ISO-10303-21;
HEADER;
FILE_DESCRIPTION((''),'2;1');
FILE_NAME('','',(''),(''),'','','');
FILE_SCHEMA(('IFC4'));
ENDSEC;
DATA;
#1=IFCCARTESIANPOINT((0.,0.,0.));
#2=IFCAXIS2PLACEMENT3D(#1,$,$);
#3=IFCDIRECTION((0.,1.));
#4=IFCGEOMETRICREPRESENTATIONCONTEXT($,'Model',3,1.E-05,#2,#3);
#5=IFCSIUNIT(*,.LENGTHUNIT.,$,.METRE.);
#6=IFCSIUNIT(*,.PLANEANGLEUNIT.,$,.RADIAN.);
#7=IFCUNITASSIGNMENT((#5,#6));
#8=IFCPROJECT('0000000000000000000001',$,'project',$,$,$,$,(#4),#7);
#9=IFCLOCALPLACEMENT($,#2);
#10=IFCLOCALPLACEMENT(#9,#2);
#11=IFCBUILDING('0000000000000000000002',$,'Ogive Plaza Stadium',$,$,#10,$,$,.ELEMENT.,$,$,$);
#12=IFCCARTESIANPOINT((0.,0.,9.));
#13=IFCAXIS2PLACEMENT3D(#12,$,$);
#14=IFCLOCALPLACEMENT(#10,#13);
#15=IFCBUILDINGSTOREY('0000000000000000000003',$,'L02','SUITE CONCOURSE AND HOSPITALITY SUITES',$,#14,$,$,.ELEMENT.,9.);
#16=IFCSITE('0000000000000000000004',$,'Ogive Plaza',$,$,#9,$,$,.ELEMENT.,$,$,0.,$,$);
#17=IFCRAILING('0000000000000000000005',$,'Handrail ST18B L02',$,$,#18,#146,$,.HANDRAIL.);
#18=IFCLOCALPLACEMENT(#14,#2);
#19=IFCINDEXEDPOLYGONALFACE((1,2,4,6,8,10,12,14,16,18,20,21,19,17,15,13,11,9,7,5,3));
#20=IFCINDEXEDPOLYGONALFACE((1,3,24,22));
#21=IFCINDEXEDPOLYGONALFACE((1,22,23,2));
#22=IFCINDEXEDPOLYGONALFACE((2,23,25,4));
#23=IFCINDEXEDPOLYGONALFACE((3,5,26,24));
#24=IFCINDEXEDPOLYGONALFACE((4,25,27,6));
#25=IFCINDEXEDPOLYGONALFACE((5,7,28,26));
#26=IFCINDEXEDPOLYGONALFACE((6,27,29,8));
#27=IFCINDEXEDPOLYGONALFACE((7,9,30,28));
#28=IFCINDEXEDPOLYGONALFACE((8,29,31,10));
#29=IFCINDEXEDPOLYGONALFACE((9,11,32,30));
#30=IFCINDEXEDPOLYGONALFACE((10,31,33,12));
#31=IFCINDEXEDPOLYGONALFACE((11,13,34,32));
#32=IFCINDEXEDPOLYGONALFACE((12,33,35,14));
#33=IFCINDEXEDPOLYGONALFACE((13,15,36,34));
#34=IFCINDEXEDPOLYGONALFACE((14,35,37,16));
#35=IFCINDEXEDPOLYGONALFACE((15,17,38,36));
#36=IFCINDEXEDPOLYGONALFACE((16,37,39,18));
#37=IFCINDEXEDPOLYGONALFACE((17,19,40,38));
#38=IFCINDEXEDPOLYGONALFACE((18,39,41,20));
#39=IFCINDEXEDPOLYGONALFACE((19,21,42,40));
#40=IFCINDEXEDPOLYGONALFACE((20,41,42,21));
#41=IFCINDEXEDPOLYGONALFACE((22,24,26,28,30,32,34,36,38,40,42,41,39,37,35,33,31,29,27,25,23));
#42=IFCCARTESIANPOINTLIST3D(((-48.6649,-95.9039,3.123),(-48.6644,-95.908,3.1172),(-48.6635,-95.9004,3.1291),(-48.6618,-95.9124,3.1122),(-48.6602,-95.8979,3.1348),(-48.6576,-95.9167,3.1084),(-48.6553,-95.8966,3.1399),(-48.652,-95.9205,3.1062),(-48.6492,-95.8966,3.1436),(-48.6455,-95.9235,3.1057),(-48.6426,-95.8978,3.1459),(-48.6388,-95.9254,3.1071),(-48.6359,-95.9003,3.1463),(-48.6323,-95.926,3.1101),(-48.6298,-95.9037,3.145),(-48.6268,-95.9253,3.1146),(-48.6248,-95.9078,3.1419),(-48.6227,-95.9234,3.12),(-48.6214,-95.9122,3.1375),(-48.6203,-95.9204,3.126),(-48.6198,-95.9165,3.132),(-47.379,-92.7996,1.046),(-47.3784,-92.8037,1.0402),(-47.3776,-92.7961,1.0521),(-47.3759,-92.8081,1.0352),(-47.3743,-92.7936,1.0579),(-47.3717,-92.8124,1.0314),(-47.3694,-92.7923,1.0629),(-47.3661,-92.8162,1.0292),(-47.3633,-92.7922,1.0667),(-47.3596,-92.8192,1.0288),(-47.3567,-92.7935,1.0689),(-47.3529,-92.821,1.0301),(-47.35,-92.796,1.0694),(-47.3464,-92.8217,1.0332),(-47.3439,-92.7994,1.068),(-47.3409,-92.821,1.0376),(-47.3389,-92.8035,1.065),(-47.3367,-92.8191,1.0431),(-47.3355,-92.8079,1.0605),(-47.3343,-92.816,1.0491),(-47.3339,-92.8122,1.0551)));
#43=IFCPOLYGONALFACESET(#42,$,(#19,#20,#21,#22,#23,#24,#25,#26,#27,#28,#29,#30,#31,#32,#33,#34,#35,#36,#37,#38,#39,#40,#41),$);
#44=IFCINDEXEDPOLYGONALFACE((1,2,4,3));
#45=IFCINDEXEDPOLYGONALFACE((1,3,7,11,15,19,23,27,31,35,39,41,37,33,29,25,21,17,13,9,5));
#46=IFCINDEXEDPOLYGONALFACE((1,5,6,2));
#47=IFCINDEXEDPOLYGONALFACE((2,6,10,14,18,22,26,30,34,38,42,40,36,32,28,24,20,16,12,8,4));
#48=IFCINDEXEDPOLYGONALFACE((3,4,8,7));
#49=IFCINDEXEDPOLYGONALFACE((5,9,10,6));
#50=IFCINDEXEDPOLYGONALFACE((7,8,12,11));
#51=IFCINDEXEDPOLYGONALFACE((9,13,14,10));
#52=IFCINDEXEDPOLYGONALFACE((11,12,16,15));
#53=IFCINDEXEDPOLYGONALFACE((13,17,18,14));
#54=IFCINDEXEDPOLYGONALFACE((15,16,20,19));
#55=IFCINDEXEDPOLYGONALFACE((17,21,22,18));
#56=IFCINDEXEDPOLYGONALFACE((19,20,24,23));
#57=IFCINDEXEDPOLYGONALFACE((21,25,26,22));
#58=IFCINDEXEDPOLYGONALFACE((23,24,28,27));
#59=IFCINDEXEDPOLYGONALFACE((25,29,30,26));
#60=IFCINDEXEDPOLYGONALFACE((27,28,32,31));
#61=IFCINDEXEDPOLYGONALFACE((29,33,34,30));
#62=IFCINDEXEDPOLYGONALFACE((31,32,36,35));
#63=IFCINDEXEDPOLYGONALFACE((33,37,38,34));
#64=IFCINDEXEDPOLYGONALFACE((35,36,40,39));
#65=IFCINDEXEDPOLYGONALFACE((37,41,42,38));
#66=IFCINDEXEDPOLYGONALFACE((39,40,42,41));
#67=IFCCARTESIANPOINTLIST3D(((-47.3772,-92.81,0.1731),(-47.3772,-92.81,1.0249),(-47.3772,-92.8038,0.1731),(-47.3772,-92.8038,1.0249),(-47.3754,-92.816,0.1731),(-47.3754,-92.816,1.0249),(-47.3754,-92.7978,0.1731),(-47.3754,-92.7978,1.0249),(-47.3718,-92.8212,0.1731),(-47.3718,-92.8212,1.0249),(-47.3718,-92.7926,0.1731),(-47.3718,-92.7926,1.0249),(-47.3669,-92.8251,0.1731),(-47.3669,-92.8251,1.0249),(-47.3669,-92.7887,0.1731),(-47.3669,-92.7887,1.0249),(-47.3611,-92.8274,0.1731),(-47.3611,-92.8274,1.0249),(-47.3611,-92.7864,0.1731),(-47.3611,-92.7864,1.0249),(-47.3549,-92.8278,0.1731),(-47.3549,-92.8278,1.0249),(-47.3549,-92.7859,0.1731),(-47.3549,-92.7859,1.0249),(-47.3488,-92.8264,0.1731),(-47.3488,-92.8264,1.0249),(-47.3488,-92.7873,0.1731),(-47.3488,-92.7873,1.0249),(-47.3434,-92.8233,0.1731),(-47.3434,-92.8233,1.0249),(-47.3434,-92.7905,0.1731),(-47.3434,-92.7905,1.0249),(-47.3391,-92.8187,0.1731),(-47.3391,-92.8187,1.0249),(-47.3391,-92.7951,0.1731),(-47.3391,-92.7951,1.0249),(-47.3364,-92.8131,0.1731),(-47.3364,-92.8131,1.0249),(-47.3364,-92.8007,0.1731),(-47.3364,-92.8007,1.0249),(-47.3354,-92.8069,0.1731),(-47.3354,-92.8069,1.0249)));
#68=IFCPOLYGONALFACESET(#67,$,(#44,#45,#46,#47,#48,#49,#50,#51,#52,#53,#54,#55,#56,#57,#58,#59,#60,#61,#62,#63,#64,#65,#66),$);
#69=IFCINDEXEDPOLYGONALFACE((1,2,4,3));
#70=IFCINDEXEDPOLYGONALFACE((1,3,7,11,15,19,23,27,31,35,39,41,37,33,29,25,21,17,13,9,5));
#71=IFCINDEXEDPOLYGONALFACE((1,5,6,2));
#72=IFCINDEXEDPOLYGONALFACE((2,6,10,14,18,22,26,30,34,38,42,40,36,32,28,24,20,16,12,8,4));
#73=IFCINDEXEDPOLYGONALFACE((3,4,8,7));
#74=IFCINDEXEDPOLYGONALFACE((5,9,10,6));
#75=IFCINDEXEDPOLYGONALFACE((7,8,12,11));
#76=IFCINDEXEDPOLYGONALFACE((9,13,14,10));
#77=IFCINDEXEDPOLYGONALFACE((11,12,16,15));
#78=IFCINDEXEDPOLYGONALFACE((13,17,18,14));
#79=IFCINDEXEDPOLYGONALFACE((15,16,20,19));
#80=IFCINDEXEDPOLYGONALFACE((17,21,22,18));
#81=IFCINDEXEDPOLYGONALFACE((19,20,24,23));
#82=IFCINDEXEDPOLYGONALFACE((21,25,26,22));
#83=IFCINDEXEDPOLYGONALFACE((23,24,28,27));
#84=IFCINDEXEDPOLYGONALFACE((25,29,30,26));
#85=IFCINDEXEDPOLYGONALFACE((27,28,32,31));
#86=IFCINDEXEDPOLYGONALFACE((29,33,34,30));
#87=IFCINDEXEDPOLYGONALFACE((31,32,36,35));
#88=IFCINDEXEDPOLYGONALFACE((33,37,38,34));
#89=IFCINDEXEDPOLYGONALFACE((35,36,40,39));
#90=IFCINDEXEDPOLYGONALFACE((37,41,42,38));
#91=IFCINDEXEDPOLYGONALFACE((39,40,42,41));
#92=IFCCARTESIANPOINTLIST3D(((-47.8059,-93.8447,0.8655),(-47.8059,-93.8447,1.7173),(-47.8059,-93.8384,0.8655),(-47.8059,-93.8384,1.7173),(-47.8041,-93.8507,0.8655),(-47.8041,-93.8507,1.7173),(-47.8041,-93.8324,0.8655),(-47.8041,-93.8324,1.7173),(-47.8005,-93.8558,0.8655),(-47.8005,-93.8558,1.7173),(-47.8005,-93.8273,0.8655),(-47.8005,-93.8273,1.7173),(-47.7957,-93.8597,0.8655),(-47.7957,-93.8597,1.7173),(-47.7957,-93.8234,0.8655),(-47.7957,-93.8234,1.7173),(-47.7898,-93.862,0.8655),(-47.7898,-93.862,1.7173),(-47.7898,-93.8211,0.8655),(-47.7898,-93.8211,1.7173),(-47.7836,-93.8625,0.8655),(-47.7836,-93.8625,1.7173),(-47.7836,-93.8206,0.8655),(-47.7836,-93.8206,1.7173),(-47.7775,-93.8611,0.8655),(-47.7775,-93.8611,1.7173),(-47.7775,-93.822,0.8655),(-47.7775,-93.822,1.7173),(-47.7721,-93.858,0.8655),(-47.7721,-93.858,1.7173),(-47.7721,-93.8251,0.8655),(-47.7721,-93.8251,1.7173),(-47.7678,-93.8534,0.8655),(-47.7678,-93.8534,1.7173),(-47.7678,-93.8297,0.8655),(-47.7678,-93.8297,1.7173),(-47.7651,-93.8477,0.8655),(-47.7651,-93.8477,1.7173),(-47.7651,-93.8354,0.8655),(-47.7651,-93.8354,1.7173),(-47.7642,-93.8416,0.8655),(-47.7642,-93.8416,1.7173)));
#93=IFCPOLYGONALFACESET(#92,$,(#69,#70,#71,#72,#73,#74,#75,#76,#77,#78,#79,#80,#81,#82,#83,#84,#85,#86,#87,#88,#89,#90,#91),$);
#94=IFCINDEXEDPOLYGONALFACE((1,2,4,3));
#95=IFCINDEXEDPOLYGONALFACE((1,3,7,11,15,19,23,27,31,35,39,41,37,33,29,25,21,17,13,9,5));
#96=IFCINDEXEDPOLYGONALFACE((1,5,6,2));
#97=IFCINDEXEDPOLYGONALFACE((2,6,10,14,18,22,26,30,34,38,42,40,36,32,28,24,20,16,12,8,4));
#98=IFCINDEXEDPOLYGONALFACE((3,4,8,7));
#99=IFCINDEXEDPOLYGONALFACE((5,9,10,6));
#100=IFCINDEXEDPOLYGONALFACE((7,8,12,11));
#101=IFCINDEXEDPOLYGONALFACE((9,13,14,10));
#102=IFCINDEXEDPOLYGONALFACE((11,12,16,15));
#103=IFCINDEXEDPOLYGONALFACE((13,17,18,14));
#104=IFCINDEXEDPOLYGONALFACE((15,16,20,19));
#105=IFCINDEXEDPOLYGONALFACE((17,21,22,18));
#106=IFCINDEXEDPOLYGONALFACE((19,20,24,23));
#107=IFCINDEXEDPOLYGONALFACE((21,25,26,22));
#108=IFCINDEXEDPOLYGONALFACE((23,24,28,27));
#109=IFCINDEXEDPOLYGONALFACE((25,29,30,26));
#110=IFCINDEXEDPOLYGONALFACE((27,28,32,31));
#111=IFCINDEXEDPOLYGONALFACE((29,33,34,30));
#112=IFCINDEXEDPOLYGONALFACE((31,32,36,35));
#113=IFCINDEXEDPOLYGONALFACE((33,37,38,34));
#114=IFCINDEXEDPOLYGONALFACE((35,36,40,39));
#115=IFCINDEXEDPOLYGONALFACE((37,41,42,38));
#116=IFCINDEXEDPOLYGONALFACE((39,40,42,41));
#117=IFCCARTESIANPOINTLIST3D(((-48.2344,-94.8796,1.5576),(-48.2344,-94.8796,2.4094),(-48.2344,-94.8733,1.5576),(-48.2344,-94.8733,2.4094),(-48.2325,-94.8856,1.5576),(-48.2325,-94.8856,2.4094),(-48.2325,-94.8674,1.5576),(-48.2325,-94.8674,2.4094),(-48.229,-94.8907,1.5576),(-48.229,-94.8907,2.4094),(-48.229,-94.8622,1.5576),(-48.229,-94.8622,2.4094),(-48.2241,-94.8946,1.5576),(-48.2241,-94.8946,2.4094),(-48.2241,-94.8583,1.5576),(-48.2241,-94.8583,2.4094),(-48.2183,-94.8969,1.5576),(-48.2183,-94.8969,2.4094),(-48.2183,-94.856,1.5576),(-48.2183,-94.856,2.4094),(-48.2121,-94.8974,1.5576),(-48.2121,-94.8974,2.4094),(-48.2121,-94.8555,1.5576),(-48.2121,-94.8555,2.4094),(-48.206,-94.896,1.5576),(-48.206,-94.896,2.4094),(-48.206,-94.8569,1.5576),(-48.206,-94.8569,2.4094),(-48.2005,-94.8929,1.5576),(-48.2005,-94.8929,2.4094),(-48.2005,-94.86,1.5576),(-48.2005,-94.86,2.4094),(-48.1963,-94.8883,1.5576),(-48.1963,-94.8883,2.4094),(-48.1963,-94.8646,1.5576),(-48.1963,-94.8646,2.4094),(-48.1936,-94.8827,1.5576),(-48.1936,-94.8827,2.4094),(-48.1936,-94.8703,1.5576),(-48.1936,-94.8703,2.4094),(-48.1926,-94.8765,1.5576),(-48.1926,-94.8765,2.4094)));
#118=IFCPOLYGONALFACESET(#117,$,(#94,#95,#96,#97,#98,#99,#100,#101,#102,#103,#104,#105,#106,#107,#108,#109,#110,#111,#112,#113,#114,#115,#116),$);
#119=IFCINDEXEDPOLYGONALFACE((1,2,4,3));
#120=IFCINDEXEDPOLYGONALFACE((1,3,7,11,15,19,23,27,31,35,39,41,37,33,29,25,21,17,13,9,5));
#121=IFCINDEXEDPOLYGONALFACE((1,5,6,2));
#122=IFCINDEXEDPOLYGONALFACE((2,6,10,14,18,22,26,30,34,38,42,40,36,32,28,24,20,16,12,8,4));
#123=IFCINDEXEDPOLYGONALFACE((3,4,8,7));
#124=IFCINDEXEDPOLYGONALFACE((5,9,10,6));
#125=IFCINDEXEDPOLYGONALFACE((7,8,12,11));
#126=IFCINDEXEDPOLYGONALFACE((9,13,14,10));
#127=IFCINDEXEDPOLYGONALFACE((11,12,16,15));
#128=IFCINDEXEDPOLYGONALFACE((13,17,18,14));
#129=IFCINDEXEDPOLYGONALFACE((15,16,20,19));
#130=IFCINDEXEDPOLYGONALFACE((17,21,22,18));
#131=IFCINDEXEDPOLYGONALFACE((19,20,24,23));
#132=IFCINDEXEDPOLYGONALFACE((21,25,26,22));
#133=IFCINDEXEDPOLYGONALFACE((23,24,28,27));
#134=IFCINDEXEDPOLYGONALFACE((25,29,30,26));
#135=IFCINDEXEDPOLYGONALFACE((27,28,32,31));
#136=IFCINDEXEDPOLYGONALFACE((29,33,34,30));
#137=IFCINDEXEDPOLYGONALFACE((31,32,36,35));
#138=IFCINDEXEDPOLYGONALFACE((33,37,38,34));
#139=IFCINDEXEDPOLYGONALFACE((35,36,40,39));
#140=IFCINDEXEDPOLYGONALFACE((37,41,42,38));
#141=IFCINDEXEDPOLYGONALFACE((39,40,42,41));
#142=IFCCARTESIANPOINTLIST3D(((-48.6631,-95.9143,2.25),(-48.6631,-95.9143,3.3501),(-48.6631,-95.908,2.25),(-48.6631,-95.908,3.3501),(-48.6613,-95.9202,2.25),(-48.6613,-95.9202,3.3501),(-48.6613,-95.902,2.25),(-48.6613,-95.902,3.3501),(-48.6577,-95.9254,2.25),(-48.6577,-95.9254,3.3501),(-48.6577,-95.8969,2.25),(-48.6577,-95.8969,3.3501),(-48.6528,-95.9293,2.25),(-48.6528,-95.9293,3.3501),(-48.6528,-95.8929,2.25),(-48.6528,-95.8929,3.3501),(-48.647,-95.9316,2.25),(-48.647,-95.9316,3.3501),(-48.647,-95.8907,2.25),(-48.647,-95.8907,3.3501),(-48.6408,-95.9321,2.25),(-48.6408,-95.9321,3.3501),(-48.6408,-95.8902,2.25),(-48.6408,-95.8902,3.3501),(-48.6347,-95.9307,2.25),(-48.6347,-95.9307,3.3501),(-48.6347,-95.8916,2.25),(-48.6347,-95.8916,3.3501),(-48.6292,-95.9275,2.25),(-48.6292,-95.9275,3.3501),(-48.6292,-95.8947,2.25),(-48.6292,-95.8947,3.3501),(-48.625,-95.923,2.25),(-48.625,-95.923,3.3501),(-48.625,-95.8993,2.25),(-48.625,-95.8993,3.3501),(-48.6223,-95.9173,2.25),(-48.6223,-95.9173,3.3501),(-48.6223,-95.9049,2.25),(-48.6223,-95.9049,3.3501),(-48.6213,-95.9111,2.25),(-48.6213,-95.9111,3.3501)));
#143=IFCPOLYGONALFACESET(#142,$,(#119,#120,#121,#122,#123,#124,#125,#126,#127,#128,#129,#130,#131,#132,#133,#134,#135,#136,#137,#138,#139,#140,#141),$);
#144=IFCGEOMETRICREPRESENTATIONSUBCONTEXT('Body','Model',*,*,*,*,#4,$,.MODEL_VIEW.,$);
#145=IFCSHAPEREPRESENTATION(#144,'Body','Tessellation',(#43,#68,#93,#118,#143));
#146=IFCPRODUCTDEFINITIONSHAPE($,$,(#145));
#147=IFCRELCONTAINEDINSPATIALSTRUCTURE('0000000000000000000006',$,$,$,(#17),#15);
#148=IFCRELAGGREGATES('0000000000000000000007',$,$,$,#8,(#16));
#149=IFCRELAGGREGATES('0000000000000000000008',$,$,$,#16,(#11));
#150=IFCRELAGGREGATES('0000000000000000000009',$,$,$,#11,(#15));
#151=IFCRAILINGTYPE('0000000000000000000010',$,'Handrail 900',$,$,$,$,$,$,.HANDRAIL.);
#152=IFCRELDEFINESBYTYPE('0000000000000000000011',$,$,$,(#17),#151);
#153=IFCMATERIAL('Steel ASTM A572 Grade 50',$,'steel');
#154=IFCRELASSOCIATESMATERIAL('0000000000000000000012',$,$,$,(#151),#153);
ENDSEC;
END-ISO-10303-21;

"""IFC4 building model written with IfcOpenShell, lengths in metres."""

from ifc_helpers import new_model, si_unit, direction, frame, origin, origin_2d, place, context, subcontext, project, spatial, circle, extrude, material, type_object, element, save


model = new_model("IFC4")

# Units and contexts
model_context = context("Model", 3, precision=1e-05, world=origin(), true_north=direction((0.0, 1.0)))
body_context = subcontext(model_context, "Body", "Model", "MODEL_VIEW")
ifc_project = project(units=[si_unit("LENGTHUNIT", "METRE"), si_unit("PLANEANGLEUNIT", "RADIAN")], contexts=[model_context])

# Site, building, storey
site_placement = place(None, origin())
site = spatial("IfcSite", under=ifc_project, at=site_placement, Name="Ogive Plaza", CompositionType="ELEMENT", RefElevation=0.0)
building_placement = place(site_placement, origin())
building = spatial("IfcBuilding", under=site, at=building_placement, Name="Ogive Plaza Stadium", CompositionType="ELEMENT")
storey_placement = place(building_placement, frame((0.0, 0.0, 9.0)))
storey = spatial("IfcBuildingStorey", under=building, at=storey_placement, Name="L02", Description="SUITE CONCOURSE AND HOSPITALITY SUITES", CompositionType="ELEMENT", Elevation=9.0)

# Railing
ifc_material_1 = material(Name="Steel ASTM A572 Grade 50", Category="steel")
railing_type_1 = type_object("IfcRailingType", Name="Handrail 900", PredefinedType="HANDRAIL", material=ifc_material_1)
for number, where, name in (
    (1, (-47.3564, -92.8069, 0.1731), "Handrail ST18B L02"),
):
    element("IfcRailing", number, at=place(storey_placement, frame(where)), inside=storey, type_object=railing_type_1, Name=name, PredefinedType="HANDRAIL", context=body_context, shape_type="SweptSolid", body=[
        extrude(circle(Radius=0.0239, at=origin_2d()), frame((0.0, 0.0, 0.876), z_axis=(-0.325532, -0.785863, 0.525783), x_axis=(0.923872, -0.3827, 0.0)), (0.0, 0.0, 1.0), 3.9502),
        extrude(circle(Radius=0.021, at=origin_2d()), origin(), (0.0, 0.0, 1.0), 0.8518),
        extrude(circle(Radius=0.021, at=origin_2d()), frame((-0.4287, -1.0347, 0.6924)), (0.0, 0.0, 1.0), 0.8518),
        extrude(circle(Radius=0.021, at=origin_2d()), frame((-0.8572, -2.0696, 1.3845)), (0.0, 0.0, 1.0), 0.8518),
        extrude(circle(Radius=0.021, at=origin_2d()), frame((-1.2859, -3.1042, 2.0769)), (0.0, 0.0, 1.0), 1.1001),
    ])

save(model, "model.ifc")
